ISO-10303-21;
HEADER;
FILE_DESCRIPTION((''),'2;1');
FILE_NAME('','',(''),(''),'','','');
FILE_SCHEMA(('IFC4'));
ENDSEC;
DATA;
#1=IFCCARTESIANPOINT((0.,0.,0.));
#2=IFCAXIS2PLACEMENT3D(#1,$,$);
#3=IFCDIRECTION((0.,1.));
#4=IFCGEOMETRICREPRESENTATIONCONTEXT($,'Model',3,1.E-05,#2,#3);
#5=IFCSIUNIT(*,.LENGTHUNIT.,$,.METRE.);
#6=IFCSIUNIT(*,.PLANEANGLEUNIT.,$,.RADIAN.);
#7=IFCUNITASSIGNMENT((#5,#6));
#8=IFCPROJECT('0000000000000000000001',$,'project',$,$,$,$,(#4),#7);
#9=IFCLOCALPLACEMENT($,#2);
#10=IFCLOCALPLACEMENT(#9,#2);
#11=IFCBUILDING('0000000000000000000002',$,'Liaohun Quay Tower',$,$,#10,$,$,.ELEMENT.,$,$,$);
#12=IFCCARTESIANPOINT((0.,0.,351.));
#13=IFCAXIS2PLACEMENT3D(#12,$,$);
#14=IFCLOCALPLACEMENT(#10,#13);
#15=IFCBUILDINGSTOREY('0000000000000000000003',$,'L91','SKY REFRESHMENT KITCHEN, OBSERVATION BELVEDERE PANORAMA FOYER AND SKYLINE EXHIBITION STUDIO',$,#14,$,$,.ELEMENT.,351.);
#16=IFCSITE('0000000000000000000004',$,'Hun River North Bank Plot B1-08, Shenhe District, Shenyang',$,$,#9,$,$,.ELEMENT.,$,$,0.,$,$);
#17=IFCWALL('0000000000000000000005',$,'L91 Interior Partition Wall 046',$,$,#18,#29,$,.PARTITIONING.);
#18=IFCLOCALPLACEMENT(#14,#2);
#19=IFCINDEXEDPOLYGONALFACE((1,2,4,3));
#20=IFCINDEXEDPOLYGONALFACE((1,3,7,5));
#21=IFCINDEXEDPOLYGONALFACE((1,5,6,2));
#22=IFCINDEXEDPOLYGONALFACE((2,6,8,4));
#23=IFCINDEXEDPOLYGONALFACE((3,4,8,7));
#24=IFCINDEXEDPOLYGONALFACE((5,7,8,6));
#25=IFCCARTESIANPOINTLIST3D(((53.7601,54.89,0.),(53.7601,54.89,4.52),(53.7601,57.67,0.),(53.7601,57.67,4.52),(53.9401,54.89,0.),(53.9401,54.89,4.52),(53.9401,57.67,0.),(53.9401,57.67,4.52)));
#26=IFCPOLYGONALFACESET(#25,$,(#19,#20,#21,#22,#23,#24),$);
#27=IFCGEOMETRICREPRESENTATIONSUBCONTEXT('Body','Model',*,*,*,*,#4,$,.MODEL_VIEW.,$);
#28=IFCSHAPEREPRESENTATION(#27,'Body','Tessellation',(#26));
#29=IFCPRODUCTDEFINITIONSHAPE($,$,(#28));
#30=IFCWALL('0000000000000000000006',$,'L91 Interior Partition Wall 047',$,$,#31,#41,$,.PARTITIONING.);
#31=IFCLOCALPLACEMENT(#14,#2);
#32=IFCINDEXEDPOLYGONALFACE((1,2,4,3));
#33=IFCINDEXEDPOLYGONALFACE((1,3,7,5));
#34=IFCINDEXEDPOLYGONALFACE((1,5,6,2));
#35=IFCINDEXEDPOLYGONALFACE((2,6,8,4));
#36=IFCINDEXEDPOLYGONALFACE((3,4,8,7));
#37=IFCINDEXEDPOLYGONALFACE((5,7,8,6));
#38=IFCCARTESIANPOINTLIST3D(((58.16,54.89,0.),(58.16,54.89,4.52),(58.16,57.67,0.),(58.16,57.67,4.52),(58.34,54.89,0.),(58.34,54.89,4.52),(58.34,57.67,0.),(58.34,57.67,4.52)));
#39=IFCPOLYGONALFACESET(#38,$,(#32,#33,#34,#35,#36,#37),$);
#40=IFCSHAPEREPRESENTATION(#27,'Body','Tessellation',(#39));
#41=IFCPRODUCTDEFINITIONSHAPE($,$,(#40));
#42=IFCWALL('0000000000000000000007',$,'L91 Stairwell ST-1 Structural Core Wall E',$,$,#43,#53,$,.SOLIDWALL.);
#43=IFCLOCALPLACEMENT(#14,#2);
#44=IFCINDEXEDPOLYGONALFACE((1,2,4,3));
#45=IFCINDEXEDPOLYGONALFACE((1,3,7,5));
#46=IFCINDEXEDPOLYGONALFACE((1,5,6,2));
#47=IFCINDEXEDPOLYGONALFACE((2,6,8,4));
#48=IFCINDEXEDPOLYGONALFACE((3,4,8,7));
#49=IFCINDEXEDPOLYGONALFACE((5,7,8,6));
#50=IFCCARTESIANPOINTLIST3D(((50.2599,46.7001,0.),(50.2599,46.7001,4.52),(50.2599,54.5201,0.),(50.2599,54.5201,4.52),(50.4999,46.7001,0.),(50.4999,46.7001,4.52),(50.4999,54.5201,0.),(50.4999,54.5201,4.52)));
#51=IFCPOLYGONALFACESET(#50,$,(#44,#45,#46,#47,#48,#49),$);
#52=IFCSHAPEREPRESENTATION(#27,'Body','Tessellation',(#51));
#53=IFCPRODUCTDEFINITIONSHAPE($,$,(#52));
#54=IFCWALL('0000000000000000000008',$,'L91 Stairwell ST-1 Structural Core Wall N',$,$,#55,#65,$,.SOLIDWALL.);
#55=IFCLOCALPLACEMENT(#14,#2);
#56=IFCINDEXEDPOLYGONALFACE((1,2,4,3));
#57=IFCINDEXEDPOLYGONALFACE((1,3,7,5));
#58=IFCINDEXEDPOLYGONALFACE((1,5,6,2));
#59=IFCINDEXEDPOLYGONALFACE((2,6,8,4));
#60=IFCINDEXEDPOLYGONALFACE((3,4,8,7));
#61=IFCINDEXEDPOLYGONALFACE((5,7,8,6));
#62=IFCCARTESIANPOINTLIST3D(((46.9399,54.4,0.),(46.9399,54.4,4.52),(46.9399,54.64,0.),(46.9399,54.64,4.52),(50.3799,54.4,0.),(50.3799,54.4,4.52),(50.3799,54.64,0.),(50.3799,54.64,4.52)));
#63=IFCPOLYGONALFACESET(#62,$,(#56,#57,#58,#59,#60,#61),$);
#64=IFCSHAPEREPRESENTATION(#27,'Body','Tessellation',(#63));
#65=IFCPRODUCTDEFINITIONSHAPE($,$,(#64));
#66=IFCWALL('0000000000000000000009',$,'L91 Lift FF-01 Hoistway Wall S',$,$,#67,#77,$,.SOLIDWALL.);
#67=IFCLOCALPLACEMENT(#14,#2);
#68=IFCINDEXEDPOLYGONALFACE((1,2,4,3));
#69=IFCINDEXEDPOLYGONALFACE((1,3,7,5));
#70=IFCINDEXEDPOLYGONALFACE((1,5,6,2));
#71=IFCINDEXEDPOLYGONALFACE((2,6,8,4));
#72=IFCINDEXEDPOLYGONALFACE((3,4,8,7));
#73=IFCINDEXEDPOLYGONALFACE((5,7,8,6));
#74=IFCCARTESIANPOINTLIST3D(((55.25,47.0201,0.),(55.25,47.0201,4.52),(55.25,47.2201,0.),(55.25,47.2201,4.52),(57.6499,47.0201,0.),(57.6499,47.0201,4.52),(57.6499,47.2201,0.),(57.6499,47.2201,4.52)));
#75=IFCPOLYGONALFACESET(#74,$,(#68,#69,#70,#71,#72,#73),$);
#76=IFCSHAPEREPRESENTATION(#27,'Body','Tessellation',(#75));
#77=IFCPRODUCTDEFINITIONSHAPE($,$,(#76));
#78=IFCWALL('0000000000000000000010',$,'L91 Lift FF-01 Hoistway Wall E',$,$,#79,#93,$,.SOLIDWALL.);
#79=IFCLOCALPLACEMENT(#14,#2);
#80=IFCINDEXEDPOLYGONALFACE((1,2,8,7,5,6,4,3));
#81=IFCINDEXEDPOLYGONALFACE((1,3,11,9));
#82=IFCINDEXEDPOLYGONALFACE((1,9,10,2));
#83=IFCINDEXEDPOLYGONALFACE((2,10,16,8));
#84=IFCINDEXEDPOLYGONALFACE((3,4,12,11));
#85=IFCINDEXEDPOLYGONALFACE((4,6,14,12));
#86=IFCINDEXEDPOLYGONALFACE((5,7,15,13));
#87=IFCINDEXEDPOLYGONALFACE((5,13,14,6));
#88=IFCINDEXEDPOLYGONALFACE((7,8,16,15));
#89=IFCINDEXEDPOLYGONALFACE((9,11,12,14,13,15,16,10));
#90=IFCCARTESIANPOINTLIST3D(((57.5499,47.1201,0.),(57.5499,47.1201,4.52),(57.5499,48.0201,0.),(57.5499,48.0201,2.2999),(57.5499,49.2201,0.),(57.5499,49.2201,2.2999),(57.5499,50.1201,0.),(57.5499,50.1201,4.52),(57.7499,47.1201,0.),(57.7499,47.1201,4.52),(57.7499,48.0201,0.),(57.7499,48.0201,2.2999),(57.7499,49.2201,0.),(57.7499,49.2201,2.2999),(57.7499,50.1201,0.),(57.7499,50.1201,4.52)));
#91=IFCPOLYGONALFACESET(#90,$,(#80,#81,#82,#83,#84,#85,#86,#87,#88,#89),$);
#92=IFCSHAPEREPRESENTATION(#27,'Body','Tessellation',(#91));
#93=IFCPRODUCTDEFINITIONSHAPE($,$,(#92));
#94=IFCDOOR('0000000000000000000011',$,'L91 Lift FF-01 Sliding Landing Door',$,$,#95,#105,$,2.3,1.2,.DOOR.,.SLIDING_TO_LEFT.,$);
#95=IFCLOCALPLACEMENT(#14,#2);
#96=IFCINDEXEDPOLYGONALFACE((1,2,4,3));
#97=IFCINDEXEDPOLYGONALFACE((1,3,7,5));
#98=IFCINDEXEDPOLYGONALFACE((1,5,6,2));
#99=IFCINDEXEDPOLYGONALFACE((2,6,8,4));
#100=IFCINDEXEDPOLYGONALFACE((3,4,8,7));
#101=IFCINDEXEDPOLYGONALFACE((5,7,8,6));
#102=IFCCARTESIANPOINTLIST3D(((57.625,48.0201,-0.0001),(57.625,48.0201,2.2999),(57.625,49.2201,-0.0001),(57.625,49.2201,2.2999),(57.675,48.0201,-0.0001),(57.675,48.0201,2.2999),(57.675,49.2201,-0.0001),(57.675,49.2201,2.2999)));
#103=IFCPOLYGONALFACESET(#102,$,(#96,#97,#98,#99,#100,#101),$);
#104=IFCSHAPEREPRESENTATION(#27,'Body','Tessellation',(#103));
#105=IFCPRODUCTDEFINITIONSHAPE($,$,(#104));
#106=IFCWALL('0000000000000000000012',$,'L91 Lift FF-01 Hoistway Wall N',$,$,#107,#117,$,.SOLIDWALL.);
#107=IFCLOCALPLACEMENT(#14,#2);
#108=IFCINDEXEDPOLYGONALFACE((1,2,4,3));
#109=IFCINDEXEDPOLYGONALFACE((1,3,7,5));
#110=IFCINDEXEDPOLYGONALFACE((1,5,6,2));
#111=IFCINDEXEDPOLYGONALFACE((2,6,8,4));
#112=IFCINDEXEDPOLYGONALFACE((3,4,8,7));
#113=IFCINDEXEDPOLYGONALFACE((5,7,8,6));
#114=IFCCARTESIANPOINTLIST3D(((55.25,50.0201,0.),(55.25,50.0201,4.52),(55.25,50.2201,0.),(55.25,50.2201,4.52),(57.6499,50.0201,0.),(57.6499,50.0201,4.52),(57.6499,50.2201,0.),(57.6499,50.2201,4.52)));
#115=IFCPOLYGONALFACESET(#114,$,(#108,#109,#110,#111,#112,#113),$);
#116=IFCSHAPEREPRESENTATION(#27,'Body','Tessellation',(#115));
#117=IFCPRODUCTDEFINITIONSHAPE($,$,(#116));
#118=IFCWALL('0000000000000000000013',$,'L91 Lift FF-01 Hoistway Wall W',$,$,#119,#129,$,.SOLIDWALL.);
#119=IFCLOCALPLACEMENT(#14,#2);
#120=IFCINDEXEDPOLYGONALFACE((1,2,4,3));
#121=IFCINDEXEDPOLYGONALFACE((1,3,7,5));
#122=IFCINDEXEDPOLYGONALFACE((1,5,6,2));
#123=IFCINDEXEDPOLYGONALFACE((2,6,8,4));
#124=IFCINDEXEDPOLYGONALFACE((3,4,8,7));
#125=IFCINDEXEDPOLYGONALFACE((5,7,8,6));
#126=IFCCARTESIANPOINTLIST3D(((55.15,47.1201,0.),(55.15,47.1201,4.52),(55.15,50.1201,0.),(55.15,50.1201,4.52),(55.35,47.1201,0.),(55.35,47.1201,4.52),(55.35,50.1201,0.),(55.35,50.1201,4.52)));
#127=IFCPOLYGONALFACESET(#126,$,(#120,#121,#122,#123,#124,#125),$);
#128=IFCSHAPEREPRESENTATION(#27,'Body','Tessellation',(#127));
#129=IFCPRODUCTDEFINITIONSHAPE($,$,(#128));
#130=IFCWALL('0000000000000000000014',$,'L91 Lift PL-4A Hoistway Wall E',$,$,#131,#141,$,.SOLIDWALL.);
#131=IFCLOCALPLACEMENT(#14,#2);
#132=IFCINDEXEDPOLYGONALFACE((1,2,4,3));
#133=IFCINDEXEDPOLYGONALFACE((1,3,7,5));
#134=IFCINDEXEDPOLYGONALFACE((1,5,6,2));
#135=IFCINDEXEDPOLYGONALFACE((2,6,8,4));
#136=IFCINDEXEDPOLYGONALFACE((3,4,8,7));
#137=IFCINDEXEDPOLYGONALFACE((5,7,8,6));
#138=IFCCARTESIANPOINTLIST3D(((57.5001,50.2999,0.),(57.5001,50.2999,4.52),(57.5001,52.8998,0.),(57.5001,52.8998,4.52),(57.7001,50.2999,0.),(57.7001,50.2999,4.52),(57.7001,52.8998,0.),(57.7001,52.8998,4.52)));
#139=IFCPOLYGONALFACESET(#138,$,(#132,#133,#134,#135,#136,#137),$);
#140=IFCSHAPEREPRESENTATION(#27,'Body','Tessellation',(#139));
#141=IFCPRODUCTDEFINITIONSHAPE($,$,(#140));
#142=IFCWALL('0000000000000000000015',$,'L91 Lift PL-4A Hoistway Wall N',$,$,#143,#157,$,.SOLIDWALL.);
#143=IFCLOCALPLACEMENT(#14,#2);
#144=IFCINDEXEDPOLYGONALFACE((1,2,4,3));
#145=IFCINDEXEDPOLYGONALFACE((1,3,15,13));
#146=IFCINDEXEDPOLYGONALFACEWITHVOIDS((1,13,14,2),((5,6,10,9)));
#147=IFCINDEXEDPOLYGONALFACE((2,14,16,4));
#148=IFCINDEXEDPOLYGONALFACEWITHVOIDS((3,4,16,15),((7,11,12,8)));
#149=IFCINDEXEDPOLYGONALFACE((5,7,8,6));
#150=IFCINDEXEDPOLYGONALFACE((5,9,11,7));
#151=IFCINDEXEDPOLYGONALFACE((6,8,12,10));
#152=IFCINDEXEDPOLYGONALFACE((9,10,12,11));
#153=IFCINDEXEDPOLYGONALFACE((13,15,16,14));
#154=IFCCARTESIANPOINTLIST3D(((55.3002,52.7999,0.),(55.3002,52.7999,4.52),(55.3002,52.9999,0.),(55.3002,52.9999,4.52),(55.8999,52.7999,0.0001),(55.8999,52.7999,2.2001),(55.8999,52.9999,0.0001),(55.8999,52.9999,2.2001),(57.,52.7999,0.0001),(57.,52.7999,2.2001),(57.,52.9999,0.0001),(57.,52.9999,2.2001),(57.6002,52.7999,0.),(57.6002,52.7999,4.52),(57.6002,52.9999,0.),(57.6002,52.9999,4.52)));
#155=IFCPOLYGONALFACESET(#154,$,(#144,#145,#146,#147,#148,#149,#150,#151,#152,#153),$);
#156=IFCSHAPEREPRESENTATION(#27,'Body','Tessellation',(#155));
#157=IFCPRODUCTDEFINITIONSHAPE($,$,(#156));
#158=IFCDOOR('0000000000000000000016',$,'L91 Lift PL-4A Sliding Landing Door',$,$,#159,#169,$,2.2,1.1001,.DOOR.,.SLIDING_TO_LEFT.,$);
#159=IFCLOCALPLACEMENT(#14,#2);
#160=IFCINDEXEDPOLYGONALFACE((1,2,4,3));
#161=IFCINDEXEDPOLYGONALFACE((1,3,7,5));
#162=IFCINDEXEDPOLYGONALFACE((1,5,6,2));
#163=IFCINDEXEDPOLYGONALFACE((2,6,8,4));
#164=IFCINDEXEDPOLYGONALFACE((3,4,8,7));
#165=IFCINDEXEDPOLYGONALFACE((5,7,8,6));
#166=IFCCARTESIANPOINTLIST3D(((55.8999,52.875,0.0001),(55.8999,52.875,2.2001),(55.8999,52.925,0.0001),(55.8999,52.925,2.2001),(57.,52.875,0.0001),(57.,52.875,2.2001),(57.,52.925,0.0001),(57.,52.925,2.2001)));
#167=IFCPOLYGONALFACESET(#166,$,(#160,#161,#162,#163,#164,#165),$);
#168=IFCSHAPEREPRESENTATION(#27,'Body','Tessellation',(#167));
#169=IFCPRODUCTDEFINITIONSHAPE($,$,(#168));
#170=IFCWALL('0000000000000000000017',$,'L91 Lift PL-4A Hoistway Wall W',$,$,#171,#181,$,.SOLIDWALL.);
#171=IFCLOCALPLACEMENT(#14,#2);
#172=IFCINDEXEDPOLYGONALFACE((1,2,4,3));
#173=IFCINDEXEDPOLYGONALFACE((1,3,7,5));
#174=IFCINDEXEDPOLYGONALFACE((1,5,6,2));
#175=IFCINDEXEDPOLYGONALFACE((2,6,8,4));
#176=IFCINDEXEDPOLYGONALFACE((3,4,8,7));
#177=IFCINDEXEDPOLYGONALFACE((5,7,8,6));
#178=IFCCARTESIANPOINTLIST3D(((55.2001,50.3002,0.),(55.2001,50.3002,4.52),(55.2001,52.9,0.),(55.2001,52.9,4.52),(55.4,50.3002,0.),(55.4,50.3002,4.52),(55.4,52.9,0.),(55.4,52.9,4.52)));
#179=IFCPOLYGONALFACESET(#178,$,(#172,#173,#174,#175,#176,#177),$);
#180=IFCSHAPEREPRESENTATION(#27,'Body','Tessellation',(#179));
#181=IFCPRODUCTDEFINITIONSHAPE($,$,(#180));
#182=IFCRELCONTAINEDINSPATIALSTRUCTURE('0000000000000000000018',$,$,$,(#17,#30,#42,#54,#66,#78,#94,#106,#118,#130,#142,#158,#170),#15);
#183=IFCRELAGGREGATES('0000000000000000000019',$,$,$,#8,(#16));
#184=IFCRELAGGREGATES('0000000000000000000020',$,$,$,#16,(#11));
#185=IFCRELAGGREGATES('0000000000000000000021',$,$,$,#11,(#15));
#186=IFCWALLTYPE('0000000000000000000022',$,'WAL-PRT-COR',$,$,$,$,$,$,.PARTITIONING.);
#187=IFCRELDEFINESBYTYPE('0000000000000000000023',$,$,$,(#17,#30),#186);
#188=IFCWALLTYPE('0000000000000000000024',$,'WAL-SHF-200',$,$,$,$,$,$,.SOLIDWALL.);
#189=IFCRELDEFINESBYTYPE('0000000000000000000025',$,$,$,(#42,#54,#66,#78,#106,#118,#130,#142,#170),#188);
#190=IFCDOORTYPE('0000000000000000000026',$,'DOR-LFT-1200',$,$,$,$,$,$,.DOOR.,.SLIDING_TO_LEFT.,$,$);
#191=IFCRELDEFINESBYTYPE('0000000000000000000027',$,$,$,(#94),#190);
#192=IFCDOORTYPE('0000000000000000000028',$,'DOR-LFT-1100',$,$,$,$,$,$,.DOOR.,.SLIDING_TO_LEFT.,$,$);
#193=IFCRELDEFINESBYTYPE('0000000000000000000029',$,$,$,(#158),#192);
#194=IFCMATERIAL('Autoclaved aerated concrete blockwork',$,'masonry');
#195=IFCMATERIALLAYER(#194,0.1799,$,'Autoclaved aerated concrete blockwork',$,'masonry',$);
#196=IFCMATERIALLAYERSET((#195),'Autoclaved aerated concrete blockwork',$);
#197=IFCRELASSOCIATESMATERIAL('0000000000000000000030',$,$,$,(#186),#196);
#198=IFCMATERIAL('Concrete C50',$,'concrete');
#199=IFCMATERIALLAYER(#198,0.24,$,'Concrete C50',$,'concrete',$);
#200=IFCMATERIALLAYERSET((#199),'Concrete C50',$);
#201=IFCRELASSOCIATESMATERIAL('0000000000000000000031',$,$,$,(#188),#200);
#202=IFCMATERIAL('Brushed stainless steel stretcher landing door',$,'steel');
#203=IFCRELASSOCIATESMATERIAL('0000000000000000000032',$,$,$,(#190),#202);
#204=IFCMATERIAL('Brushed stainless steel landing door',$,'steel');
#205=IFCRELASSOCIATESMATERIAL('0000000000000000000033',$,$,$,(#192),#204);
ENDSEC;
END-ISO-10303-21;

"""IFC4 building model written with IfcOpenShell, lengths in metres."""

from ifc_helpers import new_model, si_unit, direction, frame, frame_2d, origin, place, context, subcontext, project, spatial, rectangle, extrude, source, transform, mapped, material, layer, layer_set, type_object, element, fill, save


model = new_model("IFC4")

# Units and contexts
model_context = context("Model", 3, precision=1e-05, world=origin(), true_north=direction((0.0, 1.0)))
body_context = subcontext(model_context, "Body", "Model", "MODEL_VIEW")
ifc_project = project(units=[si_unit("LENGTHUNIT", "METRE"), si_unit("PLANEANGLEUNIT", "RADIAN")], contexts=[model_context])

# Site, building, storey
site_placement = place(None, origin())
site = spatial("IfcSite", under=ifc_project, at=site_placement, Name="Hun River North Bank Plot B1-08, Shenhe District, Shenyang", CompositionType="ELEMENT", RefElevation=0.0)
building_placement = place(site_placement, origin())
building = spatial("IfcBuilding", under=site, at=building_placement, Name="Liaohun Quay Tower", CompositionType="ELEMENT")
storey_placement = place(building_placement, frame((0.0, 0.0, 351.0)))
storey = spatial("IfcBuildingStorey", under=building, at=storey_placement, Name="L91", Description="SKY REFRESHMENT KITCHEN, OBSERVATION BELVEDERE PANORAMA FOYER AND SKYLINE EXHIBITION STUDIO", CompositionType="ELEMENT", Elevation=351.0)

# Shared definitions
ifc_material_1 = material(Name="Concrete C50", Category="concrete")

# Shared definitions
ifc_material_2 = material(Name="Autoclaved aerated concrete blockwork", Category="masonry")
ifc_layer_1 = layer(ifc_material_2, 0.1799, Name="Autoclaved aerated concrete blockwork", Category="masonry")
ifc_layer_set_1 = layer_set([ifc_layer_1], Name="Autoclaved aerated concrete blockwork")
wall_type_1 = type_object("IfcWallType", Name="WAL-PRT-COR", PredefinedType="PARTITIONING", material=ifc_layer_set_1)

# Walls
for number, where, z_axis, x_axis, name in (
    (1, (53.8501, 54.8899, 0.0), (0.0, 0.0, 1.0), (0.0, 1.0, 0.0), "L91 Interior Partition Wall 046"),
    (2, (58.25, 54.8899, 0.0), (0.0, 0.0, 1.0), (0.0, 1.0, 0.0), "L91 Interior Partition Wall 047"),
):
    element("IfcWall", number, at=place(storey_placement, frame(where, z_axis=z_axis, x_axis=x_axis)), inside=storey, type_object=wall_type_1, Name=name, PredefinedType="PARTITIONING", context=body_context, shape_type="SweptSolid", body=[
        extrude(rectangle(XDim=2.78, YDim=0.1799, at=frame_2d((1.3901, 0.0))), origin(), (0.0, 0.0, 1.0), 4.52),
    ])
ifc_layer_2 = layer(ifc_material_1, 0.24, Name="Concrete C50", Category="concrete")
ifc_layer_set_2 = layer_set([ifc_layer_2], Name="Concrete C50")
wall_type_2 = type_object("IfcWallType", Name="WAL-SHF-200", PredefinedType="SOLIDWALL", material=ifc_layer_set_2)
wall_1_placement = place(storey_placement, frame((50.3799, 46.7, 0.0), z_axis=(0.0, 0.0, 1.0), x_axis=(0.0, 1.0, 0.0)))
element("IfcWall", 3, at=wall_1_placement, inside=storey, type_object=wall_type_2, Name="L91 Stairwell ST-1 Structural Core Wall E", PredefinedType="SOLIDWALL", context=body_context, shape_type="SweptSolid", body=[
    extrude(rectangle(XDim=7.8201, YDim=0.24, at=frame_2d((3.9102, 0.0))), origin(), (0.0, 0.0, 1.0), 4.52),
])
wall_2_placement = place(storey_placement, frame((50.3799, 54.52, 0.0), z_axis=(0.0, 0.0, 1.0), x_axis=(-1.0, 0.0, 0.0)))
element("IfcWall", 4, at=wall_2_placement, inside=storey, type_object=wall_type_2, Name="L91 Stairwell ST-1 Structural Core Wall N", PredefinedType="SOLIDWALL", context=body_context, shape_type="SweptSolid", body=[
    extrude(rectangle(XDim=3.4399, YDim=0.24, at=frame_2d((1.72, 0.0))), origin(), (0.0, 0.0, 1.0), 4.52),
])
wall_3_placement = place(storey_placement, frame((55.25, 47.1201, 0.0), z_axis=(0.0, 0.0, 1.0), x_axis=(1.0, 0.0, 0.0)))
element("IfcWall", 5, at=wall_3_placement, inside=storey, type_object=wall_type_2, Name="L91 Lift FF-01 Hoistway Wall S", PredefinedType="SOLIDWALL", context=body_context, shape_type="SweptSolid", body=[
    extrude(rectangle(XDim=2.3999, YDim=0.2, at=frame_2d((1.2, 0.0))), origin(), (0.0, 0.0, 1.0), 4.52),
])

# Wall, opening, door
wall_4_placement = place(storey_placement, frame((57.6499, 47.1201, 0.0), z_axis=(0.0, 0.0, 1.0), x_axis=(0.0, 1.0, 0.0)))
wall_4 = element("IfcWall", 6, at=wall_4_placement, inside=storey, type_object=wall_type_2, Name="L91 Lift FF-01 Hoistway Wall E", PredefinedType="SOLIDWALL", context=body_context, shape_type="SweptSolid", body=[
    extrude(rectangle(XDim=3.0, YDim=0.2, at=frame_2d((1.5, 0.0))), origin(), (0.0, 0.0, 1.0), 4.52),
])
shared_shape_1 = source(origin(), body_context, "Body", "SweptSolid", [
    extrude(rectangle(XDim=1.2, YDim=2.3, at=frame_2d((0.6001, 1.1499))), frame((0.0, 0.1099, 0.0), z_axis=(0.0, -1.0, 0.0), x_axis=(1.0, 0.0, 0.0)), (0.0, 0.0, 1.0), 0.22),
])
opening_1_placement = place(wall_4_placement, frame((0.8999, 0.0, 0.0)))
opening_1 = element("IfcOpeningElement", 7, at=opening_1_placement, cuts=wall_4, PredefinedType="OPENING", context=body_context, shape_type="MappedRepresentation", body=[
    mapped(shared_shape_1, transform((0.0, 0.0, 0.0), x_axis=(1.0, 0.0, 0.0), y_axis=(0.0, 1.0, 0.0), z_axis=(0.0, 0.0, 1.0), scale=1.0)),
])
ifc_material_3 = material(Name="Brushed stainless steel stretcher landing door", Category="steel")
door_type_1 = type_object("IfcDoorType", Name="DOR-LFT-1200", OperationType="SLIDING_TO_LEFT", PredefinedType="DOOR", material=ifc_material_3)
shared_shape_2 = source(origin(), body_context, "Body", "SweptSolid", [
    extrude(rectangle(XDim=1.2, YDim=2.3, at=frame_2d((0.6001, 1.1499))), frame((0.0, 0.0249, 0.0), z_axis=(0.0, -1.0, 0.0), x_axis=(1.0, 0.0, 0.0)), (0.0, 0.0, 1.0), 0.05),
])
door_1_placement = place(opening_1_placement, origin())
door_1 = element("IfcDoor", 8, at=door_1_placement, inside=storey, type_object=door_type_1, Name="L91 Lift FF-01 Sliding Landing Door", OperationType="SLIDING_TO_LEFT", OverallHeight=2.3, OverallWidth=1.2, PredefinedType="DOOR", context=body_context, shape_type="MappedRepresentation", body=[
    mapped(shared_shape_2, transform((0.0, 0.0, 0.0), x_axis=(1.0, 0.0, 0.0), y_axis=(0.0, 1.0, 0.0), z_axis=(0.0, 0.0, 1.0), scale=1.0)),
])
fill(opening_1, door_1)

# Walls
wall_5_placement = place(storey_placement, frame((57.6499, 50.1201, 0.0), z_axis=(0.0, 0.0, 1.0), x_axis=(-1.0, 0.0, 0.0)))
element("IfcWall", 9, at=wall_5_placement, inside=storey, type_object=wall_type_2, Name="L91 Lift FF-01 Hoistway Wall N", PredefinedType="SOLIDWALL", context=body_context, shape_type="SweptSolid", body=[
    extrude(rectangle(XDim=2.3999, YDim=0.2, at=frame_2d((1.2, 0.0))), origin(), (0.0, 0.0, 1.0), 4.52),
])
wall_6_placement = place(storey_placement, frame((55.25, 50.1201, 0.0), z_axis=(0.0, 0.0, 1.0), x_axis=(0.0, -1.0, 0.0)))
element("IfcWall", 10, at=wall_6_placement, inside=storey, type_object=wall_type_2, Name="L91 Lift FF-01 Hoistway Wall W", PredefinedType="SOLIDWALL", context=body_context, shape_type="SweptSolid", body=[
    extrude(rectangle(XDim=3.0, YDim=0.2, at=frame_2d((1.5, 0.0))), origin(), (0.0, 0.0, 1.0), 4.52),
])
wall_7_placement = place(storey_placement, frame((57.6001, 50.3, 0.0), z_axis=(0.0, 0.0, 1.0), x_axis=(0.0, 1.0, 0.0)))
element("IfcWall", 11, at=wall_7_placement, inside=storey, type_object=wall_type_2, Name="L91 Lift PL-4A Hoistway Wall E", PredefinedType="SOLIDWALL", context=body_context, shape_type="SweptSolid", body=[
    extrude(rectangle(XDim=2.5999, YDim=0.2, at=frame_2d((1.2998, 0.0))), origin(), (0.0, 0.0, 1.0), 4.52),
])

# Wall, opening, door
wall_8_placement = place(storey_placement, frame((57.6001, 52.8999, 0.0), z_axis=(0.0, 0.0, 1.0), x_axis=(-1.0, 0.0, 0.0)))
wall_8 = element("IfcWall", 12, at=wall_8_placement, inside=storey, type_object=wall_type_2, Name="L91 Lift PL-4A Hoistway Wall N", PredefinedType="SOLIDWALL", context=body_context, shape_type="SweptSolid", body=[
    extrude(rectangle(XDim=2.3, YDim=0.2, at=frame_2d((1.1499, 0.0))), origin(), (0.0, 0.0, 1.0), 4.52),
])
shared_shape_3 = source(origin(), body_context, "Body", "SweptSolid", [
    extrude(rectangle(XDim=1.1001, YDim=2.2, at=frame_2d((0.55, 1.1001))), frame((0.0, 0.1099, 0.0), z_axis=(0.0, -1.0, 0.0), x_axis=(1.0, 0.0, 0.0)), (0.0, 0.0, 1.0), 0.22),
])
opening_2_placement = place(wall_8_placement, frame((0.6001, 0.0, 0.0)))
opening_2 = element("IfcOpeningElement", 13, at=opening_2_placement, cuts=wall_8, PredefinedType="OPENING", context=body_context, shape_type="MappedRepresentation", body=[
    mapped(shared_shape_3, transform((0.0, 0.0, 0.0), x_axis=(1.0, 0.0, 0.0), y_axis=(0.0, 1.0, 0.0), z_axis=(0.0, 0.0, 1.0), scale=1.0)),
])
ifc_material_4 = material(Name="Brushed stainless steel landing door", Category="steel")
door_type_2 = type_object("IfcDoorType", Name="DOR-LFT-1100", OperationType="SLIDING_TO_LEFT", PredefinedType="DOOR", material=ifc_material_4)
shared_shape_4 = source(origin(), body_context, "Body", "SweptSolid", [
    extrude(rectangle(XDim=1.1001, YDim=2.2, at=frame_2d((0.55, 1.1001))), frame((0.0, 0.0249, 0.0), z_axis=(0.0, -1.0, 0.0), x_axis=(1.0, 0.0, 0.0)), (0.0, 0.0, 1.0), 0.05),
])
door_2_placement = place(opening_2_placement, origin())
door_2 = element("IfcDoor", 14, at=door_2_placement, inside=storey, type_object=door_type_2, Name="L91 Lift PL-4A Sliding Landing Door", OperationType="SLIDING_TO_LEFT", OverallHeight=2.2, OverallWidth=1.1001, PredefinedType="DOOR", context=body_context, shape_type="MappedRepresentation", body=[
    mapped(shared_shape_4, transform((0.0, 0.0, 0.0), x_axis=(1.0, 0.0, 0.0), y_axis=(0.0, 1.0, 0.0), z_axis=(0.0, 0.0, 1.0), scale=1.0)),
])
fill(opening_2, door_2)

# Wall
wall_9_placement = place(storey_placement, frame((55.3, 52.8999, 0.0), z_axis=(0.0, 0.0, 1.0), x_axis=(0.0, -1.0, 0.0)))
element("IfcWall", 15, at=wall_9_placement, inside=storey, type_object=wall_type_2, Name="L91 Lift PL-4A Hoistway Wall W", PredefinedType="SOLIDWALL", context=body_context, shape_type="SweptSolid", body=[
    extrude(rectangle(XDim=2.5999, YDim=0.2, at=frame_2d((1.2998, 0.0))), origin(), (0.0, 0.0, 1.0), 4.52),
])

save(model, "model.ifc")
